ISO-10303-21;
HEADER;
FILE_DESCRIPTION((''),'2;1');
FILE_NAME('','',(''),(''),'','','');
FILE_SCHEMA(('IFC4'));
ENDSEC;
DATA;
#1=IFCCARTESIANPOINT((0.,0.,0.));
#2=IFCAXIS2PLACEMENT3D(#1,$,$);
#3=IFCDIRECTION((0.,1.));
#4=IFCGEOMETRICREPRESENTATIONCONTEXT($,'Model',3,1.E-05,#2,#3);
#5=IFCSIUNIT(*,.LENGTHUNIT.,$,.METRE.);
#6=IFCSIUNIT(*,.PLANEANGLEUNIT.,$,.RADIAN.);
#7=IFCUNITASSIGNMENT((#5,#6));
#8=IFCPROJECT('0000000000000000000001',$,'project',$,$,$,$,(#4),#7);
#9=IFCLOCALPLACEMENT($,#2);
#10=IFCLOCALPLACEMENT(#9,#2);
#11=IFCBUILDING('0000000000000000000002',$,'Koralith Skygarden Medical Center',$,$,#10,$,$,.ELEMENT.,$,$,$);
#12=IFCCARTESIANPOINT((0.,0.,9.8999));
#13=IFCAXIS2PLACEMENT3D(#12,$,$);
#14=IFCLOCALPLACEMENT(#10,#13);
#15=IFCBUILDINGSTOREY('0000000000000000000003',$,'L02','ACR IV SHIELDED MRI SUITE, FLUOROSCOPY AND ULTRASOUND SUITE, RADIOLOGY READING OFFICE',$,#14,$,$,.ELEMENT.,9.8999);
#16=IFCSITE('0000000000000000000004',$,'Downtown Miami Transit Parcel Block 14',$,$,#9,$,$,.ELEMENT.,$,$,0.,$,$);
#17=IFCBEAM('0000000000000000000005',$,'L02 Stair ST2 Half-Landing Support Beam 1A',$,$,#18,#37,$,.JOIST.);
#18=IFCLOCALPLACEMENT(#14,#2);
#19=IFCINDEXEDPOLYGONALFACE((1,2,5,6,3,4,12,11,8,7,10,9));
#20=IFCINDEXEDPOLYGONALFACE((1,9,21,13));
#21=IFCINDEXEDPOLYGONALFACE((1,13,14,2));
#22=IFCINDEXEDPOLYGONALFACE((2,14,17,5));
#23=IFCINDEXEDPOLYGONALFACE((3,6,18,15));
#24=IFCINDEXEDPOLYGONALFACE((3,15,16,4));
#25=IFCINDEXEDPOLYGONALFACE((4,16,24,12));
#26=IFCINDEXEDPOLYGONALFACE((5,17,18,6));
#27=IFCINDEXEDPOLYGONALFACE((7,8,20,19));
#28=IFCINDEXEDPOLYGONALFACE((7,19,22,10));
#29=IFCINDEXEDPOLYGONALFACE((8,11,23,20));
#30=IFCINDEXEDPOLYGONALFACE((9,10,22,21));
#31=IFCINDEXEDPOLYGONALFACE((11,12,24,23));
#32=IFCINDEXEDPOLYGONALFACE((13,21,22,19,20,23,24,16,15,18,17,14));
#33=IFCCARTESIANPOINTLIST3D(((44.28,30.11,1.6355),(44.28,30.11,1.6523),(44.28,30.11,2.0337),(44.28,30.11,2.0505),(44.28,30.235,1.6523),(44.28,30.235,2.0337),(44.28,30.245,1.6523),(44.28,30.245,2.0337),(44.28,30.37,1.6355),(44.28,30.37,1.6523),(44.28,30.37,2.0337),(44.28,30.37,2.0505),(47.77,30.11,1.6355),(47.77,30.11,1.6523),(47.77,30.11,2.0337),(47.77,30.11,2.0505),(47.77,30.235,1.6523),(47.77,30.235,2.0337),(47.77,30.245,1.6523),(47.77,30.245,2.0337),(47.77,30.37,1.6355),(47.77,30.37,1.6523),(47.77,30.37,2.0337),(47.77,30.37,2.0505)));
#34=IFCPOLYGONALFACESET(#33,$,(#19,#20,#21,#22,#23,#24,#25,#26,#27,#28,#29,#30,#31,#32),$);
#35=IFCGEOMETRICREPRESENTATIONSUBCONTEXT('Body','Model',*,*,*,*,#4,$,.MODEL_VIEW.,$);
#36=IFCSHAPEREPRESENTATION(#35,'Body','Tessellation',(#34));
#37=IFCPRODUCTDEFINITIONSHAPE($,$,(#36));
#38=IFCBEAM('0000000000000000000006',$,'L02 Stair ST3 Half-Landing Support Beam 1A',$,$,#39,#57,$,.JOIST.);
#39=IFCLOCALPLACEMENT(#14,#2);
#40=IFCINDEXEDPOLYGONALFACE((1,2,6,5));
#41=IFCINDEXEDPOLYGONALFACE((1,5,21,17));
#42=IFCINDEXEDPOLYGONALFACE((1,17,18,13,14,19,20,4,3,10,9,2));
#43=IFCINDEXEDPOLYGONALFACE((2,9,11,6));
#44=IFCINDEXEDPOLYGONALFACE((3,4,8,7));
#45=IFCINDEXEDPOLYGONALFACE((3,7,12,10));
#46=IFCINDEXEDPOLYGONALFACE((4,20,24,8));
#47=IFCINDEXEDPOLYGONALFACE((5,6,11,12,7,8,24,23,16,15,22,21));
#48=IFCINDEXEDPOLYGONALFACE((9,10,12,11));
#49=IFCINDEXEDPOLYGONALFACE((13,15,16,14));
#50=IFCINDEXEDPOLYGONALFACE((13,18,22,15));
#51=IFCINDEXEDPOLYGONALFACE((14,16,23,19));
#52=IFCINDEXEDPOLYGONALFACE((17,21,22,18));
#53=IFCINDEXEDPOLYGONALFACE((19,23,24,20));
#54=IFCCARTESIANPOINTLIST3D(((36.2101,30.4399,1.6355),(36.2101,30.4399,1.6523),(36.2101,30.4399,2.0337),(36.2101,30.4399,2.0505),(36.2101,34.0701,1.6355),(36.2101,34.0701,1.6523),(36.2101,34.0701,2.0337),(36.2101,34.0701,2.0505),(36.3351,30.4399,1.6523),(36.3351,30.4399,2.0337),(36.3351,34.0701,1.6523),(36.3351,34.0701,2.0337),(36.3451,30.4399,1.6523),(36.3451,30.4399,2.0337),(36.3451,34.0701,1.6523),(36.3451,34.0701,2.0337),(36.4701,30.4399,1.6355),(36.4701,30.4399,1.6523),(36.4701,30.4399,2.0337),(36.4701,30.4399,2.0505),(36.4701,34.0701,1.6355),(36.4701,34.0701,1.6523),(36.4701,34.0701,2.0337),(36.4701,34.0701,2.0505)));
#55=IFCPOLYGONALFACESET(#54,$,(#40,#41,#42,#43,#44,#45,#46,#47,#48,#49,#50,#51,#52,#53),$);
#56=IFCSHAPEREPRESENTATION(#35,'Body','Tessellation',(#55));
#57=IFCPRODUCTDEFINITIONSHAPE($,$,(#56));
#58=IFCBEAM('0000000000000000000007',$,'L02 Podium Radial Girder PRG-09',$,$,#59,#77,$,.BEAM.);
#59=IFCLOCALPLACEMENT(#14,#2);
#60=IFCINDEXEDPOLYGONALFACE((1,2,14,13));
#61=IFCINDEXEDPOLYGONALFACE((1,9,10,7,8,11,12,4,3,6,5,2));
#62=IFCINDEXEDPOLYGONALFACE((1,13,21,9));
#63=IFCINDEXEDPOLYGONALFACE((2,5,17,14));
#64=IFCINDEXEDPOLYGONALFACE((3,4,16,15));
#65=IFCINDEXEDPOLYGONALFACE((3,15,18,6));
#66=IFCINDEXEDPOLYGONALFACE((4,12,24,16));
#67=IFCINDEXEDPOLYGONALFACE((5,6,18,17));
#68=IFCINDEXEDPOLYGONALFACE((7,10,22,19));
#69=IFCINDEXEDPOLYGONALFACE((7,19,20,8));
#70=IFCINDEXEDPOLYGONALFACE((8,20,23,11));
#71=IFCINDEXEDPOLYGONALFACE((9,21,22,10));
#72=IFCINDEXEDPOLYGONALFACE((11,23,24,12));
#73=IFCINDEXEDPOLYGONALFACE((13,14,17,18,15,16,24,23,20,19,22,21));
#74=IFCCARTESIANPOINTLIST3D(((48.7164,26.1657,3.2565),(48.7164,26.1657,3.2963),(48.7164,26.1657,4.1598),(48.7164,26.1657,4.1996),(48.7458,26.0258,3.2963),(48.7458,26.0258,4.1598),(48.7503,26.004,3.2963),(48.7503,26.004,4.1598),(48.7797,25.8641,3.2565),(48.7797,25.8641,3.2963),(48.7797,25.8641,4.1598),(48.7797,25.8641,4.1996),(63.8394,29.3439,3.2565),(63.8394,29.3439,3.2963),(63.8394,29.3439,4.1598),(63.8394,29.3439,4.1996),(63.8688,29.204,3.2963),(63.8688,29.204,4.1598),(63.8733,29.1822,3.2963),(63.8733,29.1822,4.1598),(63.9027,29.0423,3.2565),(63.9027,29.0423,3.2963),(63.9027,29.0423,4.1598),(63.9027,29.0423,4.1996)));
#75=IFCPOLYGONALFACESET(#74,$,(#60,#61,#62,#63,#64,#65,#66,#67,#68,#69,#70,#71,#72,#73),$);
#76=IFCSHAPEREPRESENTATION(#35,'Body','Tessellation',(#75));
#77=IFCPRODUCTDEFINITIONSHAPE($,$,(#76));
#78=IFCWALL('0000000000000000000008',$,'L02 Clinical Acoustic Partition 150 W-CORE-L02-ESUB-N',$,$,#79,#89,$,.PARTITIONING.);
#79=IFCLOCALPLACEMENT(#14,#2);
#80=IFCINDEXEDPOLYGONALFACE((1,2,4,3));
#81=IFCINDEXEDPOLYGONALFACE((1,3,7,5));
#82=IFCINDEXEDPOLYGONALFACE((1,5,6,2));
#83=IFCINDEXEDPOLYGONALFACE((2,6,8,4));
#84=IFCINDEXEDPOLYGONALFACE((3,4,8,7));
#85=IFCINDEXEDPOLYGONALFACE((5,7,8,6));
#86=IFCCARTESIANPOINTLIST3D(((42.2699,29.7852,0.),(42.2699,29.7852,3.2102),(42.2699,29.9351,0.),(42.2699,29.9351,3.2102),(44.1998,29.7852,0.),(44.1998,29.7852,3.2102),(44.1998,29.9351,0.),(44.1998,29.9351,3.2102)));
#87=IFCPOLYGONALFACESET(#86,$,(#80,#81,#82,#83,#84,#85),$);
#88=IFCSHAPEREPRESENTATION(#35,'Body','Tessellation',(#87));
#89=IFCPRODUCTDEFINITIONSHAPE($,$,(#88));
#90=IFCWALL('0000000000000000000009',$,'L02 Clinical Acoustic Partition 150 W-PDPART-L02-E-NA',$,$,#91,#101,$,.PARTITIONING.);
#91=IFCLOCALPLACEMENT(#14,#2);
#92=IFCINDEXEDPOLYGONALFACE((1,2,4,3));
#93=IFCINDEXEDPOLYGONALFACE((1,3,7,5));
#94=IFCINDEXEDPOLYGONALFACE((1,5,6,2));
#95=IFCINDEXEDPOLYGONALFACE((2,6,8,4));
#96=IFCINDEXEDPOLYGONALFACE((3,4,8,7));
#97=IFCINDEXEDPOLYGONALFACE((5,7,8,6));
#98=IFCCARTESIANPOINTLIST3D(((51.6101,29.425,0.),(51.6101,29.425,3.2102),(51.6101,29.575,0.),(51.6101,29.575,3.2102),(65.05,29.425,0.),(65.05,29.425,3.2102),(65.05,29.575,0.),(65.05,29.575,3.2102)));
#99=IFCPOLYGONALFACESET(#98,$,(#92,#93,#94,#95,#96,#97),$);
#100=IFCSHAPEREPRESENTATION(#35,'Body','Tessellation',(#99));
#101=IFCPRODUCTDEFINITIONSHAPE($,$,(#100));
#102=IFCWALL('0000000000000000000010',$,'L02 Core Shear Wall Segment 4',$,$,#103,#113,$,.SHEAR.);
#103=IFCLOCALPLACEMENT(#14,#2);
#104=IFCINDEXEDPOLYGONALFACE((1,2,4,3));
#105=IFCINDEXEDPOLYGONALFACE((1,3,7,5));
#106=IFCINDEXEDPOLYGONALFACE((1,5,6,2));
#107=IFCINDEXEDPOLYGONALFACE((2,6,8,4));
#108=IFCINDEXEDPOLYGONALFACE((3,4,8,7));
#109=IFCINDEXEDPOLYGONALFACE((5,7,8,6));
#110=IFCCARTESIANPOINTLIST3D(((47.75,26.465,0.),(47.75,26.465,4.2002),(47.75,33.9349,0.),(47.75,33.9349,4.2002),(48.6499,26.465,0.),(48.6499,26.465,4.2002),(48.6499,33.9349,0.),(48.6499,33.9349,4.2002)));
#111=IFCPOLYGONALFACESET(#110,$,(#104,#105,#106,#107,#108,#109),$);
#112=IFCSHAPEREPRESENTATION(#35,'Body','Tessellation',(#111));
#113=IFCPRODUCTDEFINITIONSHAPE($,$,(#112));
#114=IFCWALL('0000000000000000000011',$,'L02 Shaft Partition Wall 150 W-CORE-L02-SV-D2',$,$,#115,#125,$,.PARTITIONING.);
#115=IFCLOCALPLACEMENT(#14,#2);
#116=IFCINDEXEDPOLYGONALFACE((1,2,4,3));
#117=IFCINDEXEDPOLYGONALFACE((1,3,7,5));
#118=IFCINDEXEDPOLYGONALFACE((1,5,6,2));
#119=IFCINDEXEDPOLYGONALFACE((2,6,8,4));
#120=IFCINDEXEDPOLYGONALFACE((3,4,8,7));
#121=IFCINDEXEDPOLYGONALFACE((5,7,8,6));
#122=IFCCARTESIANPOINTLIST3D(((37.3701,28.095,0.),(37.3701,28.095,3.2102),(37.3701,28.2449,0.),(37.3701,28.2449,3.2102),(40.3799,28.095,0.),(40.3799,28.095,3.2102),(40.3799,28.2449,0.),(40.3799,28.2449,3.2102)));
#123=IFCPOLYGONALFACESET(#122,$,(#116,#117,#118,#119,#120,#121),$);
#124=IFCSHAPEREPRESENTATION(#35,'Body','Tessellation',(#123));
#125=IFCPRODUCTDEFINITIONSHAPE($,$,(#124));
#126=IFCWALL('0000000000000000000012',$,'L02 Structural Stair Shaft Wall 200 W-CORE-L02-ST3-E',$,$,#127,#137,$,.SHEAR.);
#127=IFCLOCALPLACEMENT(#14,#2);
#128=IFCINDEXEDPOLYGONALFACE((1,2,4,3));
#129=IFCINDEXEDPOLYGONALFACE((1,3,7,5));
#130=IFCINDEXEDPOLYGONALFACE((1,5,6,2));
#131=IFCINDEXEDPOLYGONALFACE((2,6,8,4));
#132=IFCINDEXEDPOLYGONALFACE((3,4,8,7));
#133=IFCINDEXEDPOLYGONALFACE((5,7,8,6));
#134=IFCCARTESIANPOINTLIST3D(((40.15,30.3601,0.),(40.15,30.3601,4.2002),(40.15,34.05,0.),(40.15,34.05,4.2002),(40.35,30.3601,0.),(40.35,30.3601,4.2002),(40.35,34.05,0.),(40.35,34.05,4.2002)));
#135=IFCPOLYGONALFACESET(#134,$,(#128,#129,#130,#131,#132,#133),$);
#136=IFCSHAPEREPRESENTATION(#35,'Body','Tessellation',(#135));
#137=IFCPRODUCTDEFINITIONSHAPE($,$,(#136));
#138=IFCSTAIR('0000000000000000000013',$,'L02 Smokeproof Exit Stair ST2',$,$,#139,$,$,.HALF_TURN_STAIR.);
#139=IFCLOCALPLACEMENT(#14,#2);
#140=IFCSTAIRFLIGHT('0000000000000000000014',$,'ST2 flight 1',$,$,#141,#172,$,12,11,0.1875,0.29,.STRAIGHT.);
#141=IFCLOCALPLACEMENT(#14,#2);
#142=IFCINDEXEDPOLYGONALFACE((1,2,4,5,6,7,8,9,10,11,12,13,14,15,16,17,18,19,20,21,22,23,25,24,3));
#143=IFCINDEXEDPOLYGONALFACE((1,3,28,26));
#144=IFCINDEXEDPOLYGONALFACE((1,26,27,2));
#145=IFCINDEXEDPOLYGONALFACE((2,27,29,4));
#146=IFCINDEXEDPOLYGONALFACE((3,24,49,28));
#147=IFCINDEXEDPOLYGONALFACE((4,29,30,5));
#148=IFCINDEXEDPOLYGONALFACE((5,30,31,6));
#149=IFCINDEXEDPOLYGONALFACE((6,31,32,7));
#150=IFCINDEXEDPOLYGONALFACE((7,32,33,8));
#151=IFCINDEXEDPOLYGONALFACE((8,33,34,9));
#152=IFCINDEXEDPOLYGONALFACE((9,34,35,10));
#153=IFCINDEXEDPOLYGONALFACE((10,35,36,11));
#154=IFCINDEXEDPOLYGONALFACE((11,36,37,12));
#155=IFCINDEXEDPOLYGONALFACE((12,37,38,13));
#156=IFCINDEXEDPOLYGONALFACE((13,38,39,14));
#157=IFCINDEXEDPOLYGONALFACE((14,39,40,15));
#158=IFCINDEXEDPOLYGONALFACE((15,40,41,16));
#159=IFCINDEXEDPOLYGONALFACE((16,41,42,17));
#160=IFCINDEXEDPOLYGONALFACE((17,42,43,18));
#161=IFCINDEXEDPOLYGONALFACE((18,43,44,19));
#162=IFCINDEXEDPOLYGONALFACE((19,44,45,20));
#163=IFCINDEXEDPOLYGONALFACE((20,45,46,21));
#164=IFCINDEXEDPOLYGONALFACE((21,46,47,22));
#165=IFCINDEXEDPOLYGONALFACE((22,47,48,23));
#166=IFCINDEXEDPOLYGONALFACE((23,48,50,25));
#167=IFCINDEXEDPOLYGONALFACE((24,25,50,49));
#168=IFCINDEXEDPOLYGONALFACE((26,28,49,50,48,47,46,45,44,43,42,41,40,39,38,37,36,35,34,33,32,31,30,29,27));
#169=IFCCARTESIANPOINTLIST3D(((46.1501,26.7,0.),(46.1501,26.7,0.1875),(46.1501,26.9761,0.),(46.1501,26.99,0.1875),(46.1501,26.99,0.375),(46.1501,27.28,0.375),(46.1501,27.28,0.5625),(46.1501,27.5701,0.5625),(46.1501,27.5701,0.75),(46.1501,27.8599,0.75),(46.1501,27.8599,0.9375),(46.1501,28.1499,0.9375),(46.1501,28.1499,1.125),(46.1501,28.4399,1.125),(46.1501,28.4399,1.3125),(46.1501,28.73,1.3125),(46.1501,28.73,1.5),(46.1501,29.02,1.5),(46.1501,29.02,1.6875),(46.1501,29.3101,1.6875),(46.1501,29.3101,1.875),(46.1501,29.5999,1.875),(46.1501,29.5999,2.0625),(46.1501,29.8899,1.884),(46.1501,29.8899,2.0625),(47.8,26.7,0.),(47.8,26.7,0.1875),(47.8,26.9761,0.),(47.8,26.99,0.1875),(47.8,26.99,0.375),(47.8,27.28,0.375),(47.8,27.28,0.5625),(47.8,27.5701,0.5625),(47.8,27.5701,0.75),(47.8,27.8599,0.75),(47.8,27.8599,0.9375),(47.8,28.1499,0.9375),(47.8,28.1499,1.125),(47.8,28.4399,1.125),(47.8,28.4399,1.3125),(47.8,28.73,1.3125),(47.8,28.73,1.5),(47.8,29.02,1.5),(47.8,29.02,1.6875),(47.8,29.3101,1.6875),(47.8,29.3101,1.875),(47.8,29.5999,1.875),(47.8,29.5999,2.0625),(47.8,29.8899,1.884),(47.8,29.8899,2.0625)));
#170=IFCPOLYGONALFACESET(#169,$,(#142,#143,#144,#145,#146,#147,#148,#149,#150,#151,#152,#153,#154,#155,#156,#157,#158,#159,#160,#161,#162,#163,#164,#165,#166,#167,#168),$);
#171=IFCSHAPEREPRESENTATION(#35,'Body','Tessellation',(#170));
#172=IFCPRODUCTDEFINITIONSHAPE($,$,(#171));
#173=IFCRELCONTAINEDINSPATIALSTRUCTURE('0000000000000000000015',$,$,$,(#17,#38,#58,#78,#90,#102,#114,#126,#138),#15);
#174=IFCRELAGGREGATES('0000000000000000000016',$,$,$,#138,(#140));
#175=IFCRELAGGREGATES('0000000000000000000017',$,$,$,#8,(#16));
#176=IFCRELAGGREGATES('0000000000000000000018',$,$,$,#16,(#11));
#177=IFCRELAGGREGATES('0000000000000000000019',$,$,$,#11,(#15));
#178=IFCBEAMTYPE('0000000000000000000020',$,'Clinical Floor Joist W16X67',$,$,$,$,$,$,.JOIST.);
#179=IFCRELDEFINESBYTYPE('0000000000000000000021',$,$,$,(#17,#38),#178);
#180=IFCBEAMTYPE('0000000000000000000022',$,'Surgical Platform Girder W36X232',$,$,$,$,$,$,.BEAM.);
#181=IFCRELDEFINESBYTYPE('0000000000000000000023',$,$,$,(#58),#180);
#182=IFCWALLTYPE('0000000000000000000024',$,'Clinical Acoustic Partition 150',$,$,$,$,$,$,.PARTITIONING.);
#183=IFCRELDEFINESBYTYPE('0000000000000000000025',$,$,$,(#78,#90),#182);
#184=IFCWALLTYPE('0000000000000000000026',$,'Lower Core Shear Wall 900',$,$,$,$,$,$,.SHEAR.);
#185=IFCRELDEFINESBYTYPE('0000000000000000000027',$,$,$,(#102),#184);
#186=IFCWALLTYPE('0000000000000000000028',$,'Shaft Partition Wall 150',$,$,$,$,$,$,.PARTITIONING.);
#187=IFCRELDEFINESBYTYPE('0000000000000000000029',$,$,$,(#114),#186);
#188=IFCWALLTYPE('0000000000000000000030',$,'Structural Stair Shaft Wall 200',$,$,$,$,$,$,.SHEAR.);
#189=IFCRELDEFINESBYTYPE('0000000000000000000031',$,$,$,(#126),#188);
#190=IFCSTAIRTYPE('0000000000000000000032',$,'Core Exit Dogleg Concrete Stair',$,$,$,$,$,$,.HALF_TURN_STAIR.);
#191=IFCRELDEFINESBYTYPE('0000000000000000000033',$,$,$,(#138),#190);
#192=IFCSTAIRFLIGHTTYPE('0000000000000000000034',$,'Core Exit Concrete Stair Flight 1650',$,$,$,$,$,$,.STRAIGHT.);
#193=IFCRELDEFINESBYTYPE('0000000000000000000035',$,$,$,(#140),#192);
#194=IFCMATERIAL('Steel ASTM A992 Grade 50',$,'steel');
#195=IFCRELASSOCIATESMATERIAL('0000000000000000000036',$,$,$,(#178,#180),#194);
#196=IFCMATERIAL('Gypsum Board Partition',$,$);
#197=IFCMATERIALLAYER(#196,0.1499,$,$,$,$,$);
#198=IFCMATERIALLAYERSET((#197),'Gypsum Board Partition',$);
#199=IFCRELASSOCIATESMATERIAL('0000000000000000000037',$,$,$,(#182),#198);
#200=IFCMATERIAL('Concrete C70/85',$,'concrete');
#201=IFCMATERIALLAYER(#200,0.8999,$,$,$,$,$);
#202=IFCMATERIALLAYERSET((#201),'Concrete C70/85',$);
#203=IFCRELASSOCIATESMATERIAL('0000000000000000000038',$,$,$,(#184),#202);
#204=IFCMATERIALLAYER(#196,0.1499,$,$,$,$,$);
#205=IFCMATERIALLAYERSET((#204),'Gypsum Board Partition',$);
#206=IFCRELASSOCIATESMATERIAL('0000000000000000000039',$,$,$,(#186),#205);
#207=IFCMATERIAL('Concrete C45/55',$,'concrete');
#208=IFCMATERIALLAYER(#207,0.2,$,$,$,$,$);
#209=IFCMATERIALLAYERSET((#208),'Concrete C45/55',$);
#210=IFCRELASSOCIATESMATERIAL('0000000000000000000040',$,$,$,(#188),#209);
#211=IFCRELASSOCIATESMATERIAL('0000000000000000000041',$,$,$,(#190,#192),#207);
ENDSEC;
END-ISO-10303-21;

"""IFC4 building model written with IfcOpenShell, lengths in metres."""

from ifc_helpers import new_model, si_unit, direction, frame, frame_2d, origin, origin_2d, place, context, subcontext, project, spatial, polyline, rectangle, i_section, outline, extrude, material, layer, layer_set, material_profile, profile_set, type_object, element, aggregate, save


model = new_model("IFC4")

# Units and contexts
model_context = context("Model", 3, precision=1e-05, world=origin(), true_north=direction((0.0, 1.0)))
body_context = subcontext(model_context, "Body", "Model", "MODEL_VIEW")
ifc_project = project(units=[si_unit("LENGTHUNIT", "METRE"), si_unit("PLANEANGLEUNIT", "RADIAN")], contexts=[model_context])

# Site, building, storey
site_placement = place(None, origin())
site = spatial("IfcSite", under=ifc_project, at=site_placement, Name="Downtown Miami Transit Parcel Block 14", CompositionType="ELEMENT", RefElevation=0.0)
building_placement = place(site_placement, origin())
building = spatial("IfcBuilding", under=site, at=building_placement, Name="Koralith Skygarden Medical Center", CompositionType="ELEMENT")
storey_placement = place(building_placement, frame((0.0, 0.0, 9.8999)))
storey = spatial("IfcBuildingStorey", under=building, at=storey_placement, Name="L02", Description="ACR IV SHIELDED MRI SUITE, FLUOROSCOPY AND ULTRASOUND SUITE, RADIOLOGY READING OFFICE", CompositionType="ELEMENT", Elevation=9.8999)

# Beams
ifc_material_1 = material(Name="Steel ASTM A992 Grade 50", Category="steel")
ifc_material_profile_1 = material_profile(ifc_material_1, i_section(OverallWidth=0.26, OverallDepth=0.415, WebThickness=0.01, FlangeThickness=0.0168, at=origin_2d()), Name="W16X67")
ifc_profile_set_1 = profile_set([ifc_material_profile_1], Name="Steel ASTM A992 Grade 50")
beam_type_1 = type_object("IfcBeamType", Name="Clinical Floor Joist W16X67", PredefinedType="JOIST", material=ifc_profile_set_1)
beam_1_placement = place(storey_placement, frame((44.28, 30.24, 1.843), z_axis=(1.0, 0.0, 0.0), x_axis=(0.0, 1.0, 0.0)))
element("IfcBeam", 1, at=beam_1_placement, inside=storey, type_object=beam_type_1, Name="L02 Stair ST2 Half-Landing Support Beam 1A", PredefinedType="JOIST", context=body_context, shape_type="SweptSolid", body=[
    extrude(i_section(OverallWidth=0.26, OverallDepth=0.415, WebThickness=0.01, FlangeThickness=0.0168, at=origin_2d()), origin(), (0.0, 0.0, 1.0), 3.49),
])
beam_2_placement = place(storey_placement, frame((36.3401, 30.4399, 1.843), z_axis=(0.0, 1.0, 0.0), x_axis=(-1.0, 0.0, 0.0)))
element("IfcBeam", 2, at=beam_2_placement, inside=storey, type_object=beam_type_1, Name="L02 Stair ST3 Half-Landing Support Beam 1A", PredefinedType="JOIST", context=body_context, shape_type="SweptSolid", body=[
    extrude(i_section(OverallWidth=0.26, OverallDepth=0.415, WebThickness=0.01, FlangeThickness=0.0168, at=origin_2d()), origin(), (0.0, 0.0, 1.0), 3.6301),
])
ifc_material_profile_2 = material_profile(ifc_material_1, i_section(OverallWidth=0.3081, OverallDepth=0.9431, WebThickness=0.0222, FlangeThickness=0.0398, at=origin_2d()), Name="W36X232")
ifc_profile_set_2 = profile_set([ifc_material_profile_2], Name="Steel ASTM A992 Grade 50")
beam_type_2 = type_object("IfcBeamType", Name="Surgical Platform Girder W36X232", PredefinedType="BEAM", material=ifc_profile_set_2)
beam_3_placement = place(storey_placement, frame((48.748, 26.0149, 3.728), z_axis=(0.978622, 0.205665, 0.0), x_axis=(-0.205665, 0.978622, 0.0)))
element("IfcBeam", 3, at=beam_3_placement, inside=storey, type_object=beam_type_2, Name="L02 Podium Radial Girder PRG-09", PredefinedType="BEAM", context=body_context, shape_type="SweptSolid", body=[
    extrude(i_section(OverallWidth=0.3081, OverallDepth=0.9431, WebThickness=0.0222, FlangeThickness=0.0398, at=origin_2d()), origin(), (0.0, 0.0, 1.0), 15.4534),
])

# Walls
ifc_material_2 = material(Name="Gypsum Board Partition")
ifc_layer_1 = layer(ifc_material_2, 0.1499)
ifc_layer_set_1 = layer_set([ifc_layer_1], Name="Gypsum Board Partition")
wall_type_1 = type_object("IfcWallType", Name="Clinical Acoustic Partition 150", PredefinedType="PARTITIONING", material=ifc_layer_set_1)
wall_1_placement = place(storey_placement, frame((42.27, 29.8601, 0.0), z_axis=(0.0, 0.0, 1.0), x_axis=(1.0, 0.0, 0.0)))
element("IfcWall", 4, at=wall_1_placement, inside=storey, type_object=wall_type_1, Name="L02 Clinical Acoustic Partition 150 W-CORE-L02-ESUB-N", PredefinedType="PARTITIONING", context=body_context, shape_type="SweptSolid", body=[
    extrude(rectangle(XDim=1.9299, YDim=0.1499, at=frame_2d((0.9648, 0.0))), origin(), (0.0, 0.0, 1.0), 3.2102),
])
wall_2_placement = place(storey_placement, frame((51.6101, 29.5, 0.0), z_axis=(0.0, 0.0, 1.0), x_axis=(1.0, 0.0, 0.0)))
element("IfcWall", 5, at=wall_2_placement, inside=storey, type_object=wall_type_1, Name="L02 Clinical Acoustic Partition 150 W-PDPART-L02-E-NA", PredefinedType="PARTITIONING", context=body_context, shape_type="SweptSolid", body=[
    extrude(rectangle(XDim=13.4399, YDim=0.1499, at=frame_2d((6.72, 0.0))), origin(), (0.0, 0.0, 1.0), 3.2102),
])
ifc_material_3 = material(Name="Concrete C70/85", Category="concrete")
ifc_layer_2 = layer(ifc_material_3, 0.8999)
ifc_layer_set_2 = layer_set([ifc_layer_2], Name="Concrete C70/85")
wall_type_2 = type_object("IfcWallType", Name="Lower Core Shear Wall 900", PredefinedType="SHEAR", material=ifc_layer_set_2)
wall_3_placement = place(storey_placement, frame((48.2, 26.4651, 0.0), z_axis=(0.0, 0.0, 1.0), x_axis=(0.0, 1.0, 0.0)))
element("IfcWall", 6, at=wall_3_placement, inside=storey, type_object=wall_type_2, Name="L02 Core Shear Wall Segment 4", PredefinedType="SHEAR", context=body_context, shape_type="SweptSolid", body=[
    extrude(rectangle(XDim=7.47, YDim=0.8999, at=frame_2d((3.7349, 0.0))), origin(), (0.0, 0.0, 1.0), 4.2002),
])
ifc_layer_3 = layer(ifc_material_2, 0.1499)
ifc_layer_set_3 = layer_set([ifc_layer_3], Name="Gypsum Board Partition")
wall_type_3 = type_object("IfcWallType", Name="Shaft Partition Wall 150", PredefinedType="PARTITIONING", material=ifc_layer_set_3)
wall_4_placement = place(storey_placement, frame((37.3701, 28.1699, 0.0), z_axis=(0.0, 0.0, 1.0), x_axis=(1.0, 0.0, 0.0)))
element("IfcWall", 7, at=wall_4_placement, inside=storey, type_object=wall_type_3, Name="L02 Shaft Partition Wall 150 W-CORE-L02-SV-D2", PredefinedType="PARTITIONING", context=body_context, shape_type="SweptSolid", body=[
    extrude(rectangle(XDim=3.0098, YDim=0.1499, at=frame_2d((1.5049, 0.0))), origin(), (0.0, 0.0, 1.0), 3.2102),
])
ifc_material_4 = material(Name="Concrete C45/55", Category="concrete")
ifc_layer_4 = layer(ifc_material_4, 0.2)
ifc_layer_set_4 = layer_set([ifc_layer_4], Name="Concrete C45/55")
wall_type_4 = type_object("IfcWallType", Name="Structural Stair Shaft Wall 200", PredefinedType="SHEAR", material=ifc_layer_set_4)
wall_5_placement = place(storey_placement, frame((40.25, 30.3601, 0.0), z_axis=(0.0, 0.0, 1.0), x_axis=(0.0, 1.0, 0.0)))
element("IfcWall", 8, at=wall_5_placement, inside=storey, type_object=wall_type_4, Name="L02 Structural Stair Shaft Wall 200 W-CORE-L02-ST3-E", PredefinedType="SHEAR", context=body_context, shape_type="SweptSolid", body=[
    extrude(rectangle(XDim=3.6899, YDim=0.2, at=frame_2d((1.845, 0.0))), origin(), (0.0, 0.0, 1.0), 4.2002),
])

# Stair, stair flight
stair_type = type_object("IfcStairType", Name="Core Exit Dogleg Concrete Stair", PredefinedType="HALF_TURN_STAIR", material=ifc_material_4)
stair_placement = place(storey_placement, origin())
stair = element("IfcStair", 9, at=stair_placement, inside=storey, type_object=stair_type, Name="L02 Smokeproof Exit Stair ST2", PredefinedType="HALF_TURN_STAIR")
stair_flight_type = type_object("IfcStairFlightType", Name="Core Exit Concrete Stair Flight 1650", PredefinedType="STRAIGHT", material=ifc_material_4)
stair_flight_1_placement = place(storey_placement, frame((46.9751, 26.7, 0.0), z_axis=(0.0, 0.0, 1.0), x_axis=(0.0, 1.0, 0.0)))
stair_flight_1 = element("IfcStairFlight", 10, at=stair_flight_1_placement, type_object=stair_flight_type, Name="ST2 flight 1", NumberOfRisers=12, NumberOfTreads=11, PredefinedType="STRAIGHT", RiserHeight=0.1875, TreadLength=0.29, context=body_context, shape_type="SweptSolid", body=[
    extrude(outline(polyline([(0.0, 0.0), (0.0, 0.1875), (0.29, 0.1875), (0.29, 0.375), (0.5801, 0.375), (0.5801, 0.5625), (0.8701, 0.5625), (0.8701, 0.75), (1.1599, 0.75), (1.1599, 0.9375), (1.45, 0.9375), (1.45, 1.125), (1.74, 1.125), (1.74, 1.3125), (2.03, 1.3125), (2.03, 1.5), (2.3201, 1.5), (2.3201, 1.6875), (2.6101, 1.6875), (2.6101, 1.875), (2.8999, 1.875), (2.8999, 2.0625), (3.1899, 2.0625), (3.1899, 2.25), (3.1899, 1.884), (0.2761, 0.0), (0.0, 0.0)])), frame((0.0, 0.825, 0.0), z_axis=(0.0, -1.0, 0.0), x_axis=(1.0, 0.0, 0.0)), (0.0, 0.0, 1.0), 1.6499),
])
aggregate(stair, [stair_flight_1])

save(model, "model.ifc")
